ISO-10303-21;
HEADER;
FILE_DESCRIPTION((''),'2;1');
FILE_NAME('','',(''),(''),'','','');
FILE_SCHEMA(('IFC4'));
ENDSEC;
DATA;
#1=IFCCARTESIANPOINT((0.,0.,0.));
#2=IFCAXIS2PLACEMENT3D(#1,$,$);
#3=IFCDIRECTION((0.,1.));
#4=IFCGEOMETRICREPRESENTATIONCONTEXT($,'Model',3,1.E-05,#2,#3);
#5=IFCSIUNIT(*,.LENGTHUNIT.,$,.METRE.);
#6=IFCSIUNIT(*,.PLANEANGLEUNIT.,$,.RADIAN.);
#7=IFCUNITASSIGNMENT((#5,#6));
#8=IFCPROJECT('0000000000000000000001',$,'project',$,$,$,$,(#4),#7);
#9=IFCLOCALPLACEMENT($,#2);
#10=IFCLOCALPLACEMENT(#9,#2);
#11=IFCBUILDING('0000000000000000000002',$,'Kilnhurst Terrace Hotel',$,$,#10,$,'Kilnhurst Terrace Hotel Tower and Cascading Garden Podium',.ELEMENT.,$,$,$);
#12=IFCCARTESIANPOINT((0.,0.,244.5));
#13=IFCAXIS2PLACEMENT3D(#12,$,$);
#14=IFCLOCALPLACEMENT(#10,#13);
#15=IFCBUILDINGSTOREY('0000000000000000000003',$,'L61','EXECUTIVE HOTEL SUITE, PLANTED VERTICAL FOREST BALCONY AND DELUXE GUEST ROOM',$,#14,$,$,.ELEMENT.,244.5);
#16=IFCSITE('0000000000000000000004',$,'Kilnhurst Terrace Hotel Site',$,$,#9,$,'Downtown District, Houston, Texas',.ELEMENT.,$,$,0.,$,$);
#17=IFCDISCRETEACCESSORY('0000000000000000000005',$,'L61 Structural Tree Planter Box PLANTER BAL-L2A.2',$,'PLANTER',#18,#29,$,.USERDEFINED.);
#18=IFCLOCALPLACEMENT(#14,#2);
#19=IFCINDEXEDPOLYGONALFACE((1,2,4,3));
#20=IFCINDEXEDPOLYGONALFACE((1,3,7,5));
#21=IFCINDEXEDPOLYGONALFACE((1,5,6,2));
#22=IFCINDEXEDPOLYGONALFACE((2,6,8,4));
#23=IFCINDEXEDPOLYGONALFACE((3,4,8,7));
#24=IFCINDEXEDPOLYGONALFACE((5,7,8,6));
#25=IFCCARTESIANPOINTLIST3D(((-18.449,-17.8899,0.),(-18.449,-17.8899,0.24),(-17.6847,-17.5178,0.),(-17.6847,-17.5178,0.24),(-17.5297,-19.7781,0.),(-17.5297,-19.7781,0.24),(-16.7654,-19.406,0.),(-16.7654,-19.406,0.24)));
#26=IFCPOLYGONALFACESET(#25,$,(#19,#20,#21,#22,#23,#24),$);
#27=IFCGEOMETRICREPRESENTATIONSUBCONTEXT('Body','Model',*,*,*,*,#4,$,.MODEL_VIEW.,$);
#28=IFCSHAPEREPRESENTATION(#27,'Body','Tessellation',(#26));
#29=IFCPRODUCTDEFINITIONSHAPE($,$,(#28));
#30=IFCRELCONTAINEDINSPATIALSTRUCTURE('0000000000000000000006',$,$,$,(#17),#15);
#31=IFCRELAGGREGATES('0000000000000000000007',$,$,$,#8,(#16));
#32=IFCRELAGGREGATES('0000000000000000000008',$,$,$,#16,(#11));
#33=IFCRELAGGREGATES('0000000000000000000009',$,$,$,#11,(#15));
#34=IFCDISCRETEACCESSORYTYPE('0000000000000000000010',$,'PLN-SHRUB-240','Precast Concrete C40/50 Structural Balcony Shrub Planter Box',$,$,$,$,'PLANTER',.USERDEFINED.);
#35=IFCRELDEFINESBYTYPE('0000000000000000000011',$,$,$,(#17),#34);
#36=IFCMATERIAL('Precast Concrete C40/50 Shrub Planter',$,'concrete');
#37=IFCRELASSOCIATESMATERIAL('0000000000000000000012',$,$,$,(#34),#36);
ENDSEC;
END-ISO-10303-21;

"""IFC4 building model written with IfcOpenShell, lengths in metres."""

from ifc_helpers import new_model, si_unit, direction, frame, origin, origin_2d, place, context, subcontext, project, spatial, rectangle, extrude, material, type_object, element, save


model = new_model("IFC4")

# Units and contexts
model_context = context("Model", 3, precision=1e-05, world=origin(), true_north=direction((0.0, 1.0)))
body_context = subcontext(model_context, "Body", "Model", "MODEL_VIEW")
ifc_project = project(units=[si_unit("LENGTHUNIT", "METRE"), si_unit("PLANEANGLEUNIT", "RADIAN")], contexts=[model_context])

# Site, building, storey
site_placement = place(None, origin())
site = spatial("IfcSite", under=ifc_project, at=site_placement, Name="Kilnhurst Terrace Hotel Site", LongName="Downtown District, Houston, Texas", CompositionType="ELEMENT", RefElevation=0.0)
building_placement = place(site_placement, origin())
building = spatial("IfcBuilding", under=site, at=building_placement, Name="Kilnhurst Terrace Hotel", LongName="Kilnhurst Terrace Hotel Tower and Cascading Garden Podium", CompositionType="ELEMENT")
storey_placement = place(building_placement, frame((0.0, 0.0, 244.5)))
storey = spatial("IfcBuildingStorey", under=building, at=storey_placement, Name="L61", Description="EXECUTIVE HOTEL SUITE, PLANTED VERTICAL FOREST BALCONY AND DELUXE GUEST ROOM", CompositionType="ELEMENT", Elevation=244.5)

# Discrete accessory
ifc_material_1 = material(Name="Precast Concrete C40/50 Shrub Planter", Category="concrete")
discrete_accessory_type = type_object("IfcDiscreteAccessoryType", Name="PLN-SHRUB-240", Description="Precast Concrete C40/50 Structural Balcony Shrub Planter Box", ElementType="PLANTER", PredefinedType="USERDEFINED", material=ifc_material_1)
discrete_accessory_placement = place(storey_placement, frame((-17.6072, -18.6479, 0.0), z_axis=(0.0, 0.0, 1.0), x_axis=(0.437744, -0.8991, 0.0)))
element("IfcDiscreteAccessory", 1, at=discrete_accessory_placement, inside=storey, type_object=discrete_accessory_type, Name="L61 Structural Tree Planter Box PLANTER BAL-L2A.2", ObjectType="PLANTER", PredefinedType="USERDEFINED", context=body_context, shape_type="SweptSolid", body=[
    extrude(rectangle(XDim=2.1001, YDim=0.8501, at=origin_2d()), origin(), (0.0, 0.0, 1.0), 0.24),
])

save(model, "model.ifc")
